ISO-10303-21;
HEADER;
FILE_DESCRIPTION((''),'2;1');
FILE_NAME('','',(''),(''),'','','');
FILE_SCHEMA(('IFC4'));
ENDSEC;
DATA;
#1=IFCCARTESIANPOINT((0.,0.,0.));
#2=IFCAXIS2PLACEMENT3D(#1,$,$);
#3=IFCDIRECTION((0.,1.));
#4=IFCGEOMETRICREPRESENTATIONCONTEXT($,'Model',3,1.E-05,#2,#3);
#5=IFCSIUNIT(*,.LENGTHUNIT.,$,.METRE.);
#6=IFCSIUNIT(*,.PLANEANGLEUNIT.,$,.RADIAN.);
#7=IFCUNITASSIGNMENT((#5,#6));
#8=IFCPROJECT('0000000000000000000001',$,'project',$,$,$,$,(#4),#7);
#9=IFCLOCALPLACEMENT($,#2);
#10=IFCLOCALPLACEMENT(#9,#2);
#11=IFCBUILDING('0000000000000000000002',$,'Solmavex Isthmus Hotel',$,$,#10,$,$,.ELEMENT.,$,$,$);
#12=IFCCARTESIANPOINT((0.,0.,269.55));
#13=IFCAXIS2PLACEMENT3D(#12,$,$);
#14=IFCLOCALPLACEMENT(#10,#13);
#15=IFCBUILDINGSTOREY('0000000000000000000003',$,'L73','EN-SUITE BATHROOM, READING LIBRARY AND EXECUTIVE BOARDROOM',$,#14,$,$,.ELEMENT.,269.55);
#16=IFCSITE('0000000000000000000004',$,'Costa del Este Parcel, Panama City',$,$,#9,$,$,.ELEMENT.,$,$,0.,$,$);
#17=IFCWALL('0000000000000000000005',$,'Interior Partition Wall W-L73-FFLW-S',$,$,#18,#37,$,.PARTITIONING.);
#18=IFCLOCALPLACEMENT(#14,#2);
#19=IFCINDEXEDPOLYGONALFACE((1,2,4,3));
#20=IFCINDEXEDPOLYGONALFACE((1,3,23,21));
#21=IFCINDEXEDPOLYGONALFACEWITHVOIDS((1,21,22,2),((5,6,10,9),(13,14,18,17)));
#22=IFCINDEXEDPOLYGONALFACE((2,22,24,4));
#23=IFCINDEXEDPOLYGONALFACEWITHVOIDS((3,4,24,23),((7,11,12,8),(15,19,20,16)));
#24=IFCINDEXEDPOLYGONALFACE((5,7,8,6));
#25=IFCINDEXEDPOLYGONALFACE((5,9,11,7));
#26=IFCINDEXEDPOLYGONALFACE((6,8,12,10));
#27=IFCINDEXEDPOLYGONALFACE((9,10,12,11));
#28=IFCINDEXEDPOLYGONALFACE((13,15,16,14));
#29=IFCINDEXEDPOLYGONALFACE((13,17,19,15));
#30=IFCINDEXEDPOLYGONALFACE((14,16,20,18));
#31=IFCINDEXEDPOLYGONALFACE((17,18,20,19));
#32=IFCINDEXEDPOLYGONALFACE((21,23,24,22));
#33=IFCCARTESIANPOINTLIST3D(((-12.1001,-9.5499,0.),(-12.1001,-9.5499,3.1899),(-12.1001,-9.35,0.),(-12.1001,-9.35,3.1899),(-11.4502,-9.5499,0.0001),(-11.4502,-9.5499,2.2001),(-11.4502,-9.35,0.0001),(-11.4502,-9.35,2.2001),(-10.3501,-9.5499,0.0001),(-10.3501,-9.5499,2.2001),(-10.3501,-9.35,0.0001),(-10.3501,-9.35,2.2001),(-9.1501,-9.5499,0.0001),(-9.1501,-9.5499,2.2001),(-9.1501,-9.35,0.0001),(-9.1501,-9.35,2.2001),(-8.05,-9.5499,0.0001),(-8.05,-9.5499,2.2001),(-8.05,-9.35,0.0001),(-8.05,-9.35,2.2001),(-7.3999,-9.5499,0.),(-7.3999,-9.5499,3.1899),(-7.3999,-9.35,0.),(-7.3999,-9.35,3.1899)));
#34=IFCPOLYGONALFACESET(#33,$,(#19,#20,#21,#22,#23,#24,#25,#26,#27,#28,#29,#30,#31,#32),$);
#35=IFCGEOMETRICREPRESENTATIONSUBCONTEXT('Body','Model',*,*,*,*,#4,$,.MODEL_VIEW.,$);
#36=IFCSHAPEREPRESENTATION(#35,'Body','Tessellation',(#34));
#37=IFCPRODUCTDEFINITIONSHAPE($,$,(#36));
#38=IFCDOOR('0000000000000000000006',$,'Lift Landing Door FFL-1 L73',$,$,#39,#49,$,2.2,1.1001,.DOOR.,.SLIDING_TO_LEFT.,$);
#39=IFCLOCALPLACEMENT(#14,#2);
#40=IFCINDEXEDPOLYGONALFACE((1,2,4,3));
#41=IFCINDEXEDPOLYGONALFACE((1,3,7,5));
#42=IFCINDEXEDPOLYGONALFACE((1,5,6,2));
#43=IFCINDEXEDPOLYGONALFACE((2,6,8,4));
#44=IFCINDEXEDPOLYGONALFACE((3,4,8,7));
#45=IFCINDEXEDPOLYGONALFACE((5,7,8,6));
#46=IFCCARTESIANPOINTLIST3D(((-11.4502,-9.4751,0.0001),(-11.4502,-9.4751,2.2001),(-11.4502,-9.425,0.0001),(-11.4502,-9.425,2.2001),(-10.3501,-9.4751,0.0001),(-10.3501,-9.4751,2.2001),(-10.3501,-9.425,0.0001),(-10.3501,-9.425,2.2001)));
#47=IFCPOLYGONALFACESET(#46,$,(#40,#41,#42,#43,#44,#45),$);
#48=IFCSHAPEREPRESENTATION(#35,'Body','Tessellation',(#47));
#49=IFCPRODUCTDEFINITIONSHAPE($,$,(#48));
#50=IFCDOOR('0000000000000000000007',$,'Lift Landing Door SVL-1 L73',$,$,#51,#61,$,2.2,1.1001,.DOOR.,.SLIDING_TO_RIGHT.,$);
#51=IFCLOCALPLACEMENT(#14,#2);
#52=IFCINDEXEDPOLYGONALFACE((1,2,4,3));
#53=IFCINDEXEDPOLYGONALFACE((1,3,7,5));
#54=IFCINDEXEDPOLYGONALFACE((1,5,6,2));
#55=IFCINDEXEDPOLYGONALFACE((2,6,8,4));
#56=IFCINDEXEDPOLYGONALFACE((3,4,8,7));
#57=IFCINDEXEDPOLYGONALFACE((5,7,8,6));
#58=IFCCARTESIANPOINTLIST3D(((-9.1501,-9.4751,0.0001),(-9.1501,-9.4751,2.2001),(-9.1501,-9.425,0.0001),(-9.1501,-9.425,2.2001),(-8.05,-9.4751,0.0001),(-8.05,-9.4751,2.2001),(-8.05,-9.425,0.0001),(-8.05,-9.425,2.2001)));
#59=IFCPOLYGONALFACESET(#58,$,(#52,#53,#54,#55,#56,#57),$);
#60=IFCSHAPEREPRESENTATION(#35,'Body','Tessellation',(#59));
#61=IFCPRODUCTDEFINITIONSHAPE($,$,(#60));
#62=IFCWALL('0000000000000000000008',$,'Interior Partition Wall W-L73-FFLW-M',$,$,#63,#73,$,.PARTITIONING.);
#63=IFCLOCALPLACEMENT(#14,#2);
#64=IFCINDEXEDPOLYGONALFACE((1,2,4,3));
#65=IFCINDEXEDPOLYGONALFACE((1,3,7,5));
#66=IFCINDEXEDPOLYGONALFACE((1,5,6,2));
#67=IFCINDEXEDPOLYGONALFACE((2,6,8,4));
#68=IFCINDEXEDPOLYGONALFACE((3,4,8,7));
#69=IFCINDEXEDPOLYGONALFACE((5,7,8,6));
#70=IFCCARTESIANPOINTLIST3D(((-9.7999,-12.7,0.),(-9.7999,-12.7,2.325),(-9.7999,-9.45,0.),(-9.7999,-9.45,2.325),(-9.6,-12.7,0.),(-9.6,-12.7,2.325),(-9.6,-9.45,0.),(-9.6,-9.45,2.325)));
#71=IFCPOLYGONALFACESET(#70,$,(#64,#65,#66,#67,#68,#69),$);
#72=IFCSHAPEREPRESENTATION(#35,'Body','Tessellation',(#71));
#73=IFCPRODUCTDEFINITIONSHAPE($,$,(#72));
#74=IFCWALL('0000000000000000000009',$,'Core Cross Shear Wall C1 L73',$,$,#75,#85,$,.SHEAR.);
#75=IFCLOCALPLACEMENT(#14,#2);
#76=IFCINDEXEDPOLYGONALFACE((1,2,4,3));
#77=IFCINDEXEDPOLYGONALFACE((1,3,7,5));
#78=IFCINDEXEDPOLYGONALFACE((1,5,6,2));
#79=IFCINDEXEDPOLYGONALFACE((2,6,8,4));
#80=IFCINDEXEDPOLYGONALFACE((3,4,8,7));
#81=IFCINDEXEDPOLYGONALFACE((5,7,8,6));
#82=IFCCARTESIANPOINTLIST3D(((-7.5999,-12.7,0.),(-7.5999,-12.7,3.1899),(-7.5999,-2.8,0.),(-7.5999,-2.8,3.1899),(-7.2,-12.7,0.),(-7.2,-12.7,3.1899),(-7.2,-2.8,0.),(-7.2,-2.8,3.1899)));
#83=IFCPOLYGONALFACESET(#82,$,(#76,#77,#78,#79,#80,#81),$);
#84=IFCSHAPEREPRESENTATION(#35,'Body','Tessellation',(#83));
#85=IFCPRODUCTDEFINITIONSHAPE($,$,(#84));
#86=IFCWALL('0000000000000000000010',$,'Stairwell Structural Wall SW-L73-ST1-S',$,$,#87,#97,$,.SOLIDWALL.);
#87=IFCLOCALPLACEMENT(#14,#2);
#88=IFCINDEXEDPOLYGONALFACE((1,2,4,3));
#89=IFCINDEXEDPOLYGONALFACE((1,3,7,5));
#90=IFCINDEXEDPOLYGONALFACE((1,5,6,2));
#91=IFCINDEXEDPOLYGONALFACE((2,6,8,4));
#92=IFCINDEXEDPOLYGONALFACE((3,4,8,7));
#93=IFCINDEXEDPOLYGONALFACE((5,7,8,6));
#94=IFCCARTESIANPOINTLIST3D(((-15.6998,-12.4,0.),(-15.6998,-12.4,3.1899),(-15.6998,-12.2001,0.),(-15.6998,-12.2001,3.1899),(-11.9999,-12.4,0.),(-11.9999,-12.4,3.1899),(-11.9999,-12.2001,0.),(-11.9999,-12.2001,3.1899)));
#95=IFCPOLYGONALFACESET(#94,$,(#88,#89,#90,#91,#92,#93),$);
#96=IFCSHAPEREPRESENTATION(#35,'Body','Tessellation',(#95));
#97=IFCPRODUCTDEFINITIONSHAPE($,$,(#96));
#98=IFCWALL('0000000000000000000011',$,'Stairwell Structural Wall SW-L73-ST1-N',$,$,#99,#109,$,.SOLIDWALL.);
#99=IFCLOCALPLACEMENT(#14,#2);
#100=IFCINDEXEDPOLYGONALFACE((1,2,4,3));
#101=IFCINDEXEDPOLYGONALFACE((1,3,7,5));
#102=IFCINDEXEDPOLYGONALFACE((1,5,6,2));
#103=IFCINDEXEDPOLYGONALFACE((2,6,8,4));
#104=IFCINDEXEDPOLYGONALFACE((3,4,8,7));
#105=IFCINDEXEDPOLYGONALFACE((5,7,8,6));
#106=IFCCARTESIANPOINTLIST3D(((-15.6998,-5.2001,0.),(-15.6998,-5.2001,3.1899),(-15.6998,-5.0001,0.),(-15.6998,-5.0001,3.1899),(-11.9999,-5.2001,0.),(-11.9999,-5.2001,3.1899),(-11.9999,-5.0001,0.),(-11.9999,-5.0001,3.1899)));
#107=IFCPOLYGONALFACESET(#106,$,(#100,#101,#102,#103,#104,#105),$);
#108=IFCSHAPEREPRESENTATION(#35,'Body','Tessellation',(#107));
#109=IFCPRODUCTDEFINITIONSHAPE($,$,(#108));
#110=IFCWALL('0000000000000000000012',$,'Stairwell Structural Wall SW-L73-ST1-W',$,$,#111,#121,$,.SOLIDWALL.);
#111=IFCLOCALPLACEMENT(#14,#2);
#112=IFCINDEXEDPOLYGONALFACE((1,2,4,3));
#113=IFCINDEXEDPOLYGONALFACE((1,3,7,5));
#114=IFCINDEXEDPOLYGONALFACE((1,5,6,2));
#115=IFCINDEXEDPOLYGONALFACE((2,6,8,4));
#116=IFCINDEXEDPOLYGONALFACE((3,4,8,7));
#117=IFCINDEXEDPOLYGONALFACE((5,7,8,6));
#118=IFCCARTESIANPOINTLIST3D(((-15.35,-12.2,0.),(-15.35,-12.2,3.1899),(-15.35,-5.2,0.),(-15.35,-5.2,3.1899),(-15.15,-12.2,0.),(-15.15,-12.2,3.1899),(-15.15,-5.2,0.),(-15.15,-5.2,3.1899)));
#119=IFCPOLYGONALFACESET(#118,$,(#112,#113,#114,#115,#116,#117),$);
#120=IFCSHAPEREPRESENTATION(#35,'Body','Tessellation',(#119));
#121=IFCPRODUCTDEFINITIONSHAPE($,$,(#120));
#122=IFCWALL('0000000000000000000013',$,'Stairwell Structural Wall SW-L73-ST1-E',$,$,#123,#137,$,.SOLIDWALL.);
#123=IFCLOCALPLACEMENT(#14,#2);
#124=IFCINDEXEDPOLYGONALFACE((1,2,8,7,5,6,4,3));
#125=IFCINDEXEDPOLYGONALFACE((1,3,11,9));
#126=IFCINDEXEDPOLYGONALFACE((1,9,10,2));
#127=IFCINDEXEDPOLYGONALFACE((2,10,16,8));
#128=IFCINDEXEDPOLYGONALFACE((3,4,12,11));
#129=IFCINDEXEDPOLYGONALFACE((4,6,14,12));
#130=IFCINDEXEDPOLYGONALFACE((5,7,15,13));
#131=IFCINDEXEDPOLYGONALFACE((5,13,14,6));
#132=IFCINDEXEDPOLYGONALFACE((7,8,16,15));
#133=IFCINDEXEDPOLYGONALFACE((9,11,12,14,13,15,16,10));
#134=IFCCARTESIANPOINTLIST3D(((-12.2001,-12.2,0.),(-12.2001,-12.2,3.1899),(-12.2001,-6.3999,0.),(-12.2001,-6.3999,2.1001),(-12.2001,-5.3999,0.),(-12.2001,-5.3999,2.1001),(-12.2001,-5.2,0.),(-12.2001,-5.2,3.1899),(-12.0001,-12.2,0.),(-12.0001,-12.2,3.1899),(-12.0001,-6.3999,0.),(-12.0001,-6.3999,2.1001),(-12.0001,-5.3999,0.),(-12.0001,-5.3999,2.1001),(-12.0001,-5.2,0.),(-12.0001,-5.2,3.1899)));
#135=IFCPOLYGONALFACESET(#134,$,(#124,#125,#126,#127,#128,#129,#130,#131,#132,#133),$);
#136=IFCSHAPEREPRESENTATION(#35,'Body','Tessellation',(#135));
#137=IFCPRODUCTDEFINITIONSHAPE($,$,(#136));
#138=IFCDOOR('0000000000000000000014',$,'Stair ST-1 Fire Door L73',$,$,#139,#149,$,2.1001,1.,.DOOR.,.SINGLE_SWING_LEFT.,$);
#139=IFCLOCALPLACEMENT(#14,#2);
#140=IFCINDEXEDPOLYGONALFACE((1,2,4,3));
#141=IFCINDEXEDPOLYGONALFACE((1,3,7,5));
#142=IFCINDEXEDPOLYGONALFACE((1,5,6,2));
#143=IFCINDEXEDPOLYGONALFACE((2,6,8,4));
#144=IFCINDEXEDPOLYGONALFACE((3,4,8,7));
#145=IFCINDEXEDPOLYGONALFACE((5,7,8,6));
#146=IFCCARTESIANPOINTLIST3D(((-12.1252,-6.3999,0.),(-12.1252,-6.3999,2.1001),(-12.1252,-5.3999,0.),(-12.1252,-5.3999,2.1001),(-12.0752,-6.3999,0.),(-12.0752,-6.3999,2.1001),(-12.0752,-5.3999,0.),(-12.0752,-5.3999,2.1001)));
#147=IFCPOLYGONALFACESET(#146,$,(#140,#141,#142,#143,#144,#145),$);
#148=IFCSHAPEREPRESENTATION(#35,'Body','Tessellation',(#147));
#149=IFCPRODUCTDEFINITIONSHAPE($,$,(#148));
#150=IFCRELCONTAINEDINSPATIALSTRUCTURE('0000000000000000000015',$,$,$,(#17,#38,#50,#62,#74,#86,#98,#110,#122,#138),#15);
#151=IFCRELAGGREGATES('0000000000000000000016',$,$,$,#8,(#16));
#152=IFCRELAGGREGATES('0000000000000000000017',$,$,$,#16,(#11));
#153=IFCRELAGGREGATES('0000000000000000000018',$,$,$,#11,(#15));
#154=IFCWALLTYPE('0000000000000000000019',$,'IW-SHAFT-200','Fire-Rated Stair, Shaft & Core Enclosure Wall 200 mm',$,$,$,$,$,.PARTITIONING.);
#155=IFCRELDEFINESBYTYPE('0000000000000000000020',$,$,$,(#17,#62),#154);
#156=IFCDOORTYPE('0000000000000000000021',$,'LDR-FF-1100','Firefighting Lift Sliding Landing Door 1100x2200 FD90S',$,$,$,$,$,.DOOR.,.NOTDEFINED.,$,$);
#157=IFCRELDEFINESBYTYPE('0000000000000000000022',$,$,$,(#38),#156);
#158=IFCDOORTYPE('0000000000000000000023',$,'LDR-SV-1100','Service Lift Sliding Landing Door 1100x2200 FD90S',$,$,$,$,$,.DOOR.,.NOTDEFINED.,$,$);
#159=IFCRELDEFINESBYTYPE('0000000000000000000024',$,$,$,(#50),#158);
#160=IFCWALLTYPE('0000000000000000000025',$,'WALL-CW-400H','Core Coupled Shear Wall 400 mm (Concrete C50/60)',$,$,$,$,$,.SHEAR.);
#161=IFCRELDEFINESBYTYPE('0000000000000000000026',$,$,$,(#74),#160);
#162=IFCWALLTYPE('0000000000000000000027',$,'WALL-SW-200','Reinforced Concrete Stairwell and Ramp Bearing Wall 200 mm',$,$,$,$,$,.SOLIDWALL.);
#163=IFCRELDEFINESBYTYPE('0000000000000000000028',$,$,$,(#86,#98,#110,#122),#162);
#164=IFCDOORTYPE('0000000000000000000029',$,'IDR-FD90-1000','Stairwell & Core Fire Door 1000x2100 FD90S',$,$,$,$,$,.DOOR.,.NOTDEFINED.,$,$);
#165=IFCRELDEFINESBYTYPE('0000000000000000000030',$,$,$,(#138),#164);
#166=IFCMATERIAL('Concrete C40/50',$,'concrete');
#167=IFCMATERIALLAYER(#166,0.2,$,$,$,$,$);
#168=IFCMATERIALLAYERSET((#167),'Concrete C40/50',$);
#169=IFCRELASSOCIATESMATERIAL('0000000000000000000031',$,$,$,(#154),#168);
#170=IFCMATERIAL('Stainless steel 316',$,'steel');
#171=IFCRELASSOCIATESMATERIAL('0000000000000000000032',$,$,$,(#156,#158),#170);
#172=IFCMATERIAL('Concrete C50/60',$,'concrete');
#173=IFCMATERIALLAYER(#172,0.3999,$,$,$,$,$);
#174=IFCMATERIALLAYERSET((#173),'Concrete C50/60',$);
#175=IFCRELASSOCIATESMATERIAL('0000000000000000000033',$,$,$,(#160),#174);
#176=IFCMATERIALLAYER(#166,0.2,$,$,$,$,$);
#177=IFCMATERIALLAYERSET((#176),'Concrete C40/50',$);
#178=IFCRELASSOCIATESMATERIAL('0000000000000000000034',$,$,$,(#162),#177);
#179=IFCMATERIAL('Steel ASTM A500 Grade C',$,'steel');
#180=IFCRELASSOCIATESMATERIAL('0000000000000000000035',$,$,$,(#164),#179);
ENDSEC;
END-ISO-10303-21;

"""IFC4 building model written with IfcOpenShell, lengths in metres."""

from ifc_helpers import new_model, si_unit, direction, frame, frame_2d, origin, place, context, subcontext, project, spatial, rectangle, extrude, material, layer, layer_set, type_object, element, fill, save


model = new_model("IFC4")

# Units and contexts
model_context = context("Model", 3, precision=1e-05, world=origin(), true_north=direction((0.0, 1.0)))
body_context = subcontext(model_context, "Body", "Model", "MODEL_VIEW")
ifc_project = project(units=[si_unit("LENGTHUNIT", "METRE"), si_unit("PLANEANGLEUNIT", "RADIAN")], contexts=[model_context])

# Site, building, storey
site_placement = place(None, origin())
site = spatial("IfcSite", under=ifc_project, at=site_placement, Name="Costa del Este Parcel, Panama City", CompositionType="ELEMENT", RefElevation=0.0)
building_placement = place(site_placement, origin())
building = spatial("IfcBuilding", under=site, at=building_placement, Name="Solmavex Isthmus Hotel", CompositionType="ELEMENT")
storey_placement = place(building_placement, frame((0.0, 0.0, 269.55)))
storey = spatial("IfcBuildingStorey", under=building, at=storey_placement, Name="L73", Description="EN-SUITE BATHROOM, READING LIBRARY AND EXECUTIVE BOARDROOM", CompositionType="ELEMENT", Elevation=269.55)

# Shared definitions
ifc_material_1 = material(Name="Concrete C50/60", Category="concrete")

# Shared definitions
ifc_material_2 = material(Name="Concrete C40/50", Category="concrete")
ifc_layer_1 = layer(ifc_material_2, 0.2)
ifc_layer_set_1 = layer_set([ifc_layer_1], Name="Concrete C40/50")
wall_type_1 = type_object("IfcWallType", Name="IW-SHAFT-200", Description="Fire-Rated Stair, Shaft & Core Enclosure Wall 200 mm", PredefinedType="PARTITIONING", material=ifc_layer_set_1)
ifc_material_3 = material(Name="Steel ASTM A500 Grade C", Category="steel")

# Wall, openings, doors
wall_1_placement = place(storey_placement, frame((-12.1001, -9.45, 0.0), z_axis=(0.0, 0.0, 1.0), x_axis=(1.0, 0.0, 0.0)))
wall_1 = element("IfcWall", 1, at=wall_1_placement, inside=storey, type_object=wall_type_1, Name="Interior Partition Wall W-L73-FFLW-S", PredefinedType="PARTITIONING", context=body_context, shape_type="SweptSolid", body=[
    extrude(rectangle(XDim=4.7002, YDim=0.2, at=frame_2d((2.3501, 0.0))), origin(), (0.0, 0.0, 1.0), 3.1899),
])
opening_1_placement = place(wall_1_placement, frame((0.6499, 0.0, 0.0)))
opening_1 = element("IfcOpeningElement", 2, at=opening_1_placement, cuts=wall_1, PredefinedType="OPENING", context=body_context, shape_type="SweptSolid", body=[
    extrude(rectangle(XDim=1.1001, YDim=2.2, at=frame_2d((0.55, 1.1001))), frame((0.0, 0.1099, 0.0), z_axis=(0.0, -1.0, 0.0), x_axis=(1.0, 0.0, 0.0)), (0.0, 0.0, 1.0), 0.22),
])
opening_2_placement = place(wall_1_placement, frame((2.95, 0.0, 0.0)))
opening_2 = element("IfcOpeningElement", 3, at=opening_2_placement, cuts=wall_1, PredefinedType="OPENING", context=body_context, shape_type="SweptSolid", body=[
    extrude(rectangle(XDim=1.1001, YDim=2.2, at=frame_2d((0.55, 1.1001))), frame((0.0, 0.1099, 0.0), z_axis=(0.0, -1.0, 0.0), x_axis=(1.0, 0.0, 0.0)), (0.0, 0.0, 1.0), 0.22),
])
ifc_material_4 = material(Name="Stainless steel 316", Category="steel")
door_type_1 = type_object("IfcDoorType", Name="LDR-FF-1100", Description="Firefighting Lift Sliding Landing Door 1100x2200 FD90S", OperationType="NOTDEFINED", PredefinedType="DOOR", material=ifc_material_4)
door_1_placement = place(opening_1_placement, origin())
door_1 = element("IfcDoor", 4, at=door_1_placement, inside=storey, type_object=door_type_1, Name="Lift Landing Door FFL-1 L73", OperationType="SLIDING_TO_LEFT", OverallHeight=2.2, OverallWidth=1.1001, PredefinedType="DOOR", context=body_context, shape_type="SweptSolid", body=[
    extrude(rectangle(XDim=1.1001, YDim=2.2, at=frame_2d((0.55, 1.1001))), frame((0.0, 0.0249, 0.0), z_axis=(0.0, -1.0, 0.0), x_axis=(1.0, 0.0, 0.0)), (0.0, 0.0, 1.0), 0.05),
])
fill(opening_1, door_1)
door_type_2 = type_object("IfcDoorType", Name="LDR-SV-1100", Description="Service Lift Sliding Landing Door 1100x2200 FD90S", OperationType="NOTDEFINED", PredefinedType="DOOR", material=ifc_material_4)
door_2_placement = place(opening_2_placement, origin())
door_2 = element("IfcDoor", 5, at=door_2_placement, inside=storey, type_object=door_type_2, Name="Lift Landing Door SVL-1 L73", OperationType="SLIDING_TO_RIGHT", OverallHeight=2.2, OverallWidth=1.1001, PredefinedType="DOOR", context=body_context, shape_type="SweptSolid", body=[
    extrude(rectangle(XDim=1.1001, YDim=2.2, at=frame_2d((0.55, 1.1001))), frame((0.0, 0.0249, 0.0), z_axis=(0.0, -1.0, 0.0), x_axis=(1.0, 0.0, 0.0)), (0.0, 0.0, 1.0), 0.05),
])
fill(opening_2, door_2)

# Walls
wall_2_placement = place(storey_placement, frame((-9.7, -12.7, 0.0), z_axis=(0.0, 0.0, 1.0), x_axis=(0.0, 1.0, 0.0)))
element("IfcWall", 6, at=wall_2_placement, inside=storey, type_object=wall_type_1, Name="Interior Partition Wall W-L73-FFLW-M", PredefinedType="PARTITIONING", context=body_context, shape_type="SweptSolid", body=[
    extrude(rectangle(XDim=3.25, YDim=0.2, at=frame_2d((1.625, 0.0))), origin(), (0.0, 0.0, 1.0), 2.325),
])
ifc_layer_2 = layer(ifc_material_1, 0.3999)
ifc_layer_set_2 = layer_set([ifc_layer_2], Name="Concrete C50/60")
wall_type_2 = type_object("IfcWallType", Name="WALL-CW-400H", Description="Core Coupled Shear Wall 400 mm (Concrete C50/60)", PredefinedType="SHEAR", material=ifc_layer_set_2)
wall_3_placement = place(storey_placement, frame((-7.3999, -12.7, 0.0), z_axis=(0.0, 0.0, 1.0), x_axis=(0.0, 1.0, 0.0)))
element("IfcWall", 7, at=wall_3_placement, inside=storey, type_object=wall_type_2, Name="Core Cross Shear Wall C1 L73", PredefinedType="SHEAR", context=body_context, shape_type="SweptSolid", body=[
    extrude(rectangle(XDim=9.8999, YDim=0.3999, at=frame_2d((4.95, 0.0))), origin(), (0.0, 0.0, 1.0), 3.1899),
])
ifc_layer_3 = layer(ifc_material_2, 0.2)
ifc_layer_set_3 = layer_set([ifc_layer_3], Name="Concrete C40/50")
wall_type_3 = type_object("IfcWallType", Name="WALL-SW-200", Description="Reinforced Concrete Stairwell and Ramp Bearing Wall 200 mm", PredefinedType="SOLIDWALL", material=ifc_layer_set_3)
for number, where, z_axis, x_axis, name in (
    (8, (-15.7, -12.3, 0.0), (0.0, 0.0, 1.0), (1.0, 0.0, 0.0), "Stairwell Structural Wall SW-L73-ST1-S"),
    (9, (-15.7, -5.1001, 0.0), (0.0, 0.0, 1.0), (1.0, 0.0, 0.0), "Stairwell Structural Wall SW-L73-ST1-N"),
):
    element("IfcWall", number, at=place(storey_placement, frame(where, z_axis=z_axis, x_axis=x_axis)), inside=storey, type_object=wall_type_3, Name=name, PredefinedType="SOLIDWALL", context=body_context, shape_type="SweptSolid", body=[
        extrude(rectangle(XDim=3.7, YDim=0.2, at=frame_2d((1.8501, 0.0))), origin(), (0.0, 0.0, 1.0), 3.1899),
    ])
wall_4_placement = place(storey_placement, frame((-15.25, -12.2, 0.0), z_axis=(0.0, 0.0, 1.0), x_axis=(0.0, 1.0, 0.0)))
element("IfcWall", 10, at=wall_4_placement, inside=storey, type_object=wall_type_3, Name="Stairwell Structural Wall SW-L73-ST1-W", PredefinedType="SOLIDWALL", context=body_context, shape_type="SweptSolid", body=[
    extrude(rectangle(XDim=7.0, YDim=0.2, at=frame_2d((3.5, 0.0))), origin(), (0.0, 0.0, 1.0), 3.1899),
])

# Wall, opening, door
wall_5_placement = place(storey_placement, frame((-12.1001, -12.2, 0.0), z_axis=(0.0, 0.0, 1.0), x_axis=(0.0, 1.0, 0.0)))
wall_5 = element("IfcWall", 11, at=wall_5_placement, inside=storey, type_object=wall_type_3, Name="Stairwell Structural Wall SW-L73-ST1-E", PredefinedType="SOLIDWALL", context=body_context, shape_type="SweptSolid", body=[
    extrude(rectangle(XDim=7.0, YDim=0.2, at=frame_2d((3.5, 0.0))), origin(), (0.0, 0.0, 1.0), 3.1899),
])
opening_3_placement = place(wall_5_placement, frame((5.8, 0.0, 0.0)))
opening_3 = element("IfcOpeningElement", 12, at=opening_3_placement, cuts=wall_5, PredefinedType="OPENING", context=body_context, shape_type="SweptSolid", body=[
    extrude(rectangle(XDim=1.0, YDim=2.1001, at=frame_2d((0.5, 1.05))), frame((0.0, 0.1099, 0.0), z_axis=(0.0, -1.0, 0.0), x_axis=(1.0, 0.0, 0.0)), (0.0, 0.0, 1.0), 0.22),
])
door_type_3 = type_object("IfcDoorType", Name="IDR-FD90-1000", Description="Stairwell & Core Fire Door 1000x2100 FD90S", OperationType="NOTDEFINED", PredefinedType="DOOR", material=ifc_material_3)
door_3_placement = place(opening_3_placement, frame((1.0, 0.0, 0.0), z_axis=(0.0, 0.0, 1.0), x_axis=(-1.0, 0.0, 0.0)))
door_3 = element("IfcDoor", 13, at=door_3_placement, inside=storey, type_object=door_type_3, Name="Stair ST-1 Fire Door L73", OperationType="SINGLE_SWING_LEFT", OverallHeight=2.1001, OverallWidth=1.0, PredefinedType="DOOR", context=body_context, shape_type="SweptSolid", body=[
    extrude(rectangle(XDim=1.0, YDim=2.1001, at=frame_2d((0.5, 1.05))), frame((0.0, 0.0249, 0.0), z_axis=(0.0, -1.0, 0.0), x_axis=(1.0, 0.0, 0.0)), (0.0, 0.0, 1.0), 0.05),
])
fill(opening_3, door_3)

save(model, "model.ifc")
